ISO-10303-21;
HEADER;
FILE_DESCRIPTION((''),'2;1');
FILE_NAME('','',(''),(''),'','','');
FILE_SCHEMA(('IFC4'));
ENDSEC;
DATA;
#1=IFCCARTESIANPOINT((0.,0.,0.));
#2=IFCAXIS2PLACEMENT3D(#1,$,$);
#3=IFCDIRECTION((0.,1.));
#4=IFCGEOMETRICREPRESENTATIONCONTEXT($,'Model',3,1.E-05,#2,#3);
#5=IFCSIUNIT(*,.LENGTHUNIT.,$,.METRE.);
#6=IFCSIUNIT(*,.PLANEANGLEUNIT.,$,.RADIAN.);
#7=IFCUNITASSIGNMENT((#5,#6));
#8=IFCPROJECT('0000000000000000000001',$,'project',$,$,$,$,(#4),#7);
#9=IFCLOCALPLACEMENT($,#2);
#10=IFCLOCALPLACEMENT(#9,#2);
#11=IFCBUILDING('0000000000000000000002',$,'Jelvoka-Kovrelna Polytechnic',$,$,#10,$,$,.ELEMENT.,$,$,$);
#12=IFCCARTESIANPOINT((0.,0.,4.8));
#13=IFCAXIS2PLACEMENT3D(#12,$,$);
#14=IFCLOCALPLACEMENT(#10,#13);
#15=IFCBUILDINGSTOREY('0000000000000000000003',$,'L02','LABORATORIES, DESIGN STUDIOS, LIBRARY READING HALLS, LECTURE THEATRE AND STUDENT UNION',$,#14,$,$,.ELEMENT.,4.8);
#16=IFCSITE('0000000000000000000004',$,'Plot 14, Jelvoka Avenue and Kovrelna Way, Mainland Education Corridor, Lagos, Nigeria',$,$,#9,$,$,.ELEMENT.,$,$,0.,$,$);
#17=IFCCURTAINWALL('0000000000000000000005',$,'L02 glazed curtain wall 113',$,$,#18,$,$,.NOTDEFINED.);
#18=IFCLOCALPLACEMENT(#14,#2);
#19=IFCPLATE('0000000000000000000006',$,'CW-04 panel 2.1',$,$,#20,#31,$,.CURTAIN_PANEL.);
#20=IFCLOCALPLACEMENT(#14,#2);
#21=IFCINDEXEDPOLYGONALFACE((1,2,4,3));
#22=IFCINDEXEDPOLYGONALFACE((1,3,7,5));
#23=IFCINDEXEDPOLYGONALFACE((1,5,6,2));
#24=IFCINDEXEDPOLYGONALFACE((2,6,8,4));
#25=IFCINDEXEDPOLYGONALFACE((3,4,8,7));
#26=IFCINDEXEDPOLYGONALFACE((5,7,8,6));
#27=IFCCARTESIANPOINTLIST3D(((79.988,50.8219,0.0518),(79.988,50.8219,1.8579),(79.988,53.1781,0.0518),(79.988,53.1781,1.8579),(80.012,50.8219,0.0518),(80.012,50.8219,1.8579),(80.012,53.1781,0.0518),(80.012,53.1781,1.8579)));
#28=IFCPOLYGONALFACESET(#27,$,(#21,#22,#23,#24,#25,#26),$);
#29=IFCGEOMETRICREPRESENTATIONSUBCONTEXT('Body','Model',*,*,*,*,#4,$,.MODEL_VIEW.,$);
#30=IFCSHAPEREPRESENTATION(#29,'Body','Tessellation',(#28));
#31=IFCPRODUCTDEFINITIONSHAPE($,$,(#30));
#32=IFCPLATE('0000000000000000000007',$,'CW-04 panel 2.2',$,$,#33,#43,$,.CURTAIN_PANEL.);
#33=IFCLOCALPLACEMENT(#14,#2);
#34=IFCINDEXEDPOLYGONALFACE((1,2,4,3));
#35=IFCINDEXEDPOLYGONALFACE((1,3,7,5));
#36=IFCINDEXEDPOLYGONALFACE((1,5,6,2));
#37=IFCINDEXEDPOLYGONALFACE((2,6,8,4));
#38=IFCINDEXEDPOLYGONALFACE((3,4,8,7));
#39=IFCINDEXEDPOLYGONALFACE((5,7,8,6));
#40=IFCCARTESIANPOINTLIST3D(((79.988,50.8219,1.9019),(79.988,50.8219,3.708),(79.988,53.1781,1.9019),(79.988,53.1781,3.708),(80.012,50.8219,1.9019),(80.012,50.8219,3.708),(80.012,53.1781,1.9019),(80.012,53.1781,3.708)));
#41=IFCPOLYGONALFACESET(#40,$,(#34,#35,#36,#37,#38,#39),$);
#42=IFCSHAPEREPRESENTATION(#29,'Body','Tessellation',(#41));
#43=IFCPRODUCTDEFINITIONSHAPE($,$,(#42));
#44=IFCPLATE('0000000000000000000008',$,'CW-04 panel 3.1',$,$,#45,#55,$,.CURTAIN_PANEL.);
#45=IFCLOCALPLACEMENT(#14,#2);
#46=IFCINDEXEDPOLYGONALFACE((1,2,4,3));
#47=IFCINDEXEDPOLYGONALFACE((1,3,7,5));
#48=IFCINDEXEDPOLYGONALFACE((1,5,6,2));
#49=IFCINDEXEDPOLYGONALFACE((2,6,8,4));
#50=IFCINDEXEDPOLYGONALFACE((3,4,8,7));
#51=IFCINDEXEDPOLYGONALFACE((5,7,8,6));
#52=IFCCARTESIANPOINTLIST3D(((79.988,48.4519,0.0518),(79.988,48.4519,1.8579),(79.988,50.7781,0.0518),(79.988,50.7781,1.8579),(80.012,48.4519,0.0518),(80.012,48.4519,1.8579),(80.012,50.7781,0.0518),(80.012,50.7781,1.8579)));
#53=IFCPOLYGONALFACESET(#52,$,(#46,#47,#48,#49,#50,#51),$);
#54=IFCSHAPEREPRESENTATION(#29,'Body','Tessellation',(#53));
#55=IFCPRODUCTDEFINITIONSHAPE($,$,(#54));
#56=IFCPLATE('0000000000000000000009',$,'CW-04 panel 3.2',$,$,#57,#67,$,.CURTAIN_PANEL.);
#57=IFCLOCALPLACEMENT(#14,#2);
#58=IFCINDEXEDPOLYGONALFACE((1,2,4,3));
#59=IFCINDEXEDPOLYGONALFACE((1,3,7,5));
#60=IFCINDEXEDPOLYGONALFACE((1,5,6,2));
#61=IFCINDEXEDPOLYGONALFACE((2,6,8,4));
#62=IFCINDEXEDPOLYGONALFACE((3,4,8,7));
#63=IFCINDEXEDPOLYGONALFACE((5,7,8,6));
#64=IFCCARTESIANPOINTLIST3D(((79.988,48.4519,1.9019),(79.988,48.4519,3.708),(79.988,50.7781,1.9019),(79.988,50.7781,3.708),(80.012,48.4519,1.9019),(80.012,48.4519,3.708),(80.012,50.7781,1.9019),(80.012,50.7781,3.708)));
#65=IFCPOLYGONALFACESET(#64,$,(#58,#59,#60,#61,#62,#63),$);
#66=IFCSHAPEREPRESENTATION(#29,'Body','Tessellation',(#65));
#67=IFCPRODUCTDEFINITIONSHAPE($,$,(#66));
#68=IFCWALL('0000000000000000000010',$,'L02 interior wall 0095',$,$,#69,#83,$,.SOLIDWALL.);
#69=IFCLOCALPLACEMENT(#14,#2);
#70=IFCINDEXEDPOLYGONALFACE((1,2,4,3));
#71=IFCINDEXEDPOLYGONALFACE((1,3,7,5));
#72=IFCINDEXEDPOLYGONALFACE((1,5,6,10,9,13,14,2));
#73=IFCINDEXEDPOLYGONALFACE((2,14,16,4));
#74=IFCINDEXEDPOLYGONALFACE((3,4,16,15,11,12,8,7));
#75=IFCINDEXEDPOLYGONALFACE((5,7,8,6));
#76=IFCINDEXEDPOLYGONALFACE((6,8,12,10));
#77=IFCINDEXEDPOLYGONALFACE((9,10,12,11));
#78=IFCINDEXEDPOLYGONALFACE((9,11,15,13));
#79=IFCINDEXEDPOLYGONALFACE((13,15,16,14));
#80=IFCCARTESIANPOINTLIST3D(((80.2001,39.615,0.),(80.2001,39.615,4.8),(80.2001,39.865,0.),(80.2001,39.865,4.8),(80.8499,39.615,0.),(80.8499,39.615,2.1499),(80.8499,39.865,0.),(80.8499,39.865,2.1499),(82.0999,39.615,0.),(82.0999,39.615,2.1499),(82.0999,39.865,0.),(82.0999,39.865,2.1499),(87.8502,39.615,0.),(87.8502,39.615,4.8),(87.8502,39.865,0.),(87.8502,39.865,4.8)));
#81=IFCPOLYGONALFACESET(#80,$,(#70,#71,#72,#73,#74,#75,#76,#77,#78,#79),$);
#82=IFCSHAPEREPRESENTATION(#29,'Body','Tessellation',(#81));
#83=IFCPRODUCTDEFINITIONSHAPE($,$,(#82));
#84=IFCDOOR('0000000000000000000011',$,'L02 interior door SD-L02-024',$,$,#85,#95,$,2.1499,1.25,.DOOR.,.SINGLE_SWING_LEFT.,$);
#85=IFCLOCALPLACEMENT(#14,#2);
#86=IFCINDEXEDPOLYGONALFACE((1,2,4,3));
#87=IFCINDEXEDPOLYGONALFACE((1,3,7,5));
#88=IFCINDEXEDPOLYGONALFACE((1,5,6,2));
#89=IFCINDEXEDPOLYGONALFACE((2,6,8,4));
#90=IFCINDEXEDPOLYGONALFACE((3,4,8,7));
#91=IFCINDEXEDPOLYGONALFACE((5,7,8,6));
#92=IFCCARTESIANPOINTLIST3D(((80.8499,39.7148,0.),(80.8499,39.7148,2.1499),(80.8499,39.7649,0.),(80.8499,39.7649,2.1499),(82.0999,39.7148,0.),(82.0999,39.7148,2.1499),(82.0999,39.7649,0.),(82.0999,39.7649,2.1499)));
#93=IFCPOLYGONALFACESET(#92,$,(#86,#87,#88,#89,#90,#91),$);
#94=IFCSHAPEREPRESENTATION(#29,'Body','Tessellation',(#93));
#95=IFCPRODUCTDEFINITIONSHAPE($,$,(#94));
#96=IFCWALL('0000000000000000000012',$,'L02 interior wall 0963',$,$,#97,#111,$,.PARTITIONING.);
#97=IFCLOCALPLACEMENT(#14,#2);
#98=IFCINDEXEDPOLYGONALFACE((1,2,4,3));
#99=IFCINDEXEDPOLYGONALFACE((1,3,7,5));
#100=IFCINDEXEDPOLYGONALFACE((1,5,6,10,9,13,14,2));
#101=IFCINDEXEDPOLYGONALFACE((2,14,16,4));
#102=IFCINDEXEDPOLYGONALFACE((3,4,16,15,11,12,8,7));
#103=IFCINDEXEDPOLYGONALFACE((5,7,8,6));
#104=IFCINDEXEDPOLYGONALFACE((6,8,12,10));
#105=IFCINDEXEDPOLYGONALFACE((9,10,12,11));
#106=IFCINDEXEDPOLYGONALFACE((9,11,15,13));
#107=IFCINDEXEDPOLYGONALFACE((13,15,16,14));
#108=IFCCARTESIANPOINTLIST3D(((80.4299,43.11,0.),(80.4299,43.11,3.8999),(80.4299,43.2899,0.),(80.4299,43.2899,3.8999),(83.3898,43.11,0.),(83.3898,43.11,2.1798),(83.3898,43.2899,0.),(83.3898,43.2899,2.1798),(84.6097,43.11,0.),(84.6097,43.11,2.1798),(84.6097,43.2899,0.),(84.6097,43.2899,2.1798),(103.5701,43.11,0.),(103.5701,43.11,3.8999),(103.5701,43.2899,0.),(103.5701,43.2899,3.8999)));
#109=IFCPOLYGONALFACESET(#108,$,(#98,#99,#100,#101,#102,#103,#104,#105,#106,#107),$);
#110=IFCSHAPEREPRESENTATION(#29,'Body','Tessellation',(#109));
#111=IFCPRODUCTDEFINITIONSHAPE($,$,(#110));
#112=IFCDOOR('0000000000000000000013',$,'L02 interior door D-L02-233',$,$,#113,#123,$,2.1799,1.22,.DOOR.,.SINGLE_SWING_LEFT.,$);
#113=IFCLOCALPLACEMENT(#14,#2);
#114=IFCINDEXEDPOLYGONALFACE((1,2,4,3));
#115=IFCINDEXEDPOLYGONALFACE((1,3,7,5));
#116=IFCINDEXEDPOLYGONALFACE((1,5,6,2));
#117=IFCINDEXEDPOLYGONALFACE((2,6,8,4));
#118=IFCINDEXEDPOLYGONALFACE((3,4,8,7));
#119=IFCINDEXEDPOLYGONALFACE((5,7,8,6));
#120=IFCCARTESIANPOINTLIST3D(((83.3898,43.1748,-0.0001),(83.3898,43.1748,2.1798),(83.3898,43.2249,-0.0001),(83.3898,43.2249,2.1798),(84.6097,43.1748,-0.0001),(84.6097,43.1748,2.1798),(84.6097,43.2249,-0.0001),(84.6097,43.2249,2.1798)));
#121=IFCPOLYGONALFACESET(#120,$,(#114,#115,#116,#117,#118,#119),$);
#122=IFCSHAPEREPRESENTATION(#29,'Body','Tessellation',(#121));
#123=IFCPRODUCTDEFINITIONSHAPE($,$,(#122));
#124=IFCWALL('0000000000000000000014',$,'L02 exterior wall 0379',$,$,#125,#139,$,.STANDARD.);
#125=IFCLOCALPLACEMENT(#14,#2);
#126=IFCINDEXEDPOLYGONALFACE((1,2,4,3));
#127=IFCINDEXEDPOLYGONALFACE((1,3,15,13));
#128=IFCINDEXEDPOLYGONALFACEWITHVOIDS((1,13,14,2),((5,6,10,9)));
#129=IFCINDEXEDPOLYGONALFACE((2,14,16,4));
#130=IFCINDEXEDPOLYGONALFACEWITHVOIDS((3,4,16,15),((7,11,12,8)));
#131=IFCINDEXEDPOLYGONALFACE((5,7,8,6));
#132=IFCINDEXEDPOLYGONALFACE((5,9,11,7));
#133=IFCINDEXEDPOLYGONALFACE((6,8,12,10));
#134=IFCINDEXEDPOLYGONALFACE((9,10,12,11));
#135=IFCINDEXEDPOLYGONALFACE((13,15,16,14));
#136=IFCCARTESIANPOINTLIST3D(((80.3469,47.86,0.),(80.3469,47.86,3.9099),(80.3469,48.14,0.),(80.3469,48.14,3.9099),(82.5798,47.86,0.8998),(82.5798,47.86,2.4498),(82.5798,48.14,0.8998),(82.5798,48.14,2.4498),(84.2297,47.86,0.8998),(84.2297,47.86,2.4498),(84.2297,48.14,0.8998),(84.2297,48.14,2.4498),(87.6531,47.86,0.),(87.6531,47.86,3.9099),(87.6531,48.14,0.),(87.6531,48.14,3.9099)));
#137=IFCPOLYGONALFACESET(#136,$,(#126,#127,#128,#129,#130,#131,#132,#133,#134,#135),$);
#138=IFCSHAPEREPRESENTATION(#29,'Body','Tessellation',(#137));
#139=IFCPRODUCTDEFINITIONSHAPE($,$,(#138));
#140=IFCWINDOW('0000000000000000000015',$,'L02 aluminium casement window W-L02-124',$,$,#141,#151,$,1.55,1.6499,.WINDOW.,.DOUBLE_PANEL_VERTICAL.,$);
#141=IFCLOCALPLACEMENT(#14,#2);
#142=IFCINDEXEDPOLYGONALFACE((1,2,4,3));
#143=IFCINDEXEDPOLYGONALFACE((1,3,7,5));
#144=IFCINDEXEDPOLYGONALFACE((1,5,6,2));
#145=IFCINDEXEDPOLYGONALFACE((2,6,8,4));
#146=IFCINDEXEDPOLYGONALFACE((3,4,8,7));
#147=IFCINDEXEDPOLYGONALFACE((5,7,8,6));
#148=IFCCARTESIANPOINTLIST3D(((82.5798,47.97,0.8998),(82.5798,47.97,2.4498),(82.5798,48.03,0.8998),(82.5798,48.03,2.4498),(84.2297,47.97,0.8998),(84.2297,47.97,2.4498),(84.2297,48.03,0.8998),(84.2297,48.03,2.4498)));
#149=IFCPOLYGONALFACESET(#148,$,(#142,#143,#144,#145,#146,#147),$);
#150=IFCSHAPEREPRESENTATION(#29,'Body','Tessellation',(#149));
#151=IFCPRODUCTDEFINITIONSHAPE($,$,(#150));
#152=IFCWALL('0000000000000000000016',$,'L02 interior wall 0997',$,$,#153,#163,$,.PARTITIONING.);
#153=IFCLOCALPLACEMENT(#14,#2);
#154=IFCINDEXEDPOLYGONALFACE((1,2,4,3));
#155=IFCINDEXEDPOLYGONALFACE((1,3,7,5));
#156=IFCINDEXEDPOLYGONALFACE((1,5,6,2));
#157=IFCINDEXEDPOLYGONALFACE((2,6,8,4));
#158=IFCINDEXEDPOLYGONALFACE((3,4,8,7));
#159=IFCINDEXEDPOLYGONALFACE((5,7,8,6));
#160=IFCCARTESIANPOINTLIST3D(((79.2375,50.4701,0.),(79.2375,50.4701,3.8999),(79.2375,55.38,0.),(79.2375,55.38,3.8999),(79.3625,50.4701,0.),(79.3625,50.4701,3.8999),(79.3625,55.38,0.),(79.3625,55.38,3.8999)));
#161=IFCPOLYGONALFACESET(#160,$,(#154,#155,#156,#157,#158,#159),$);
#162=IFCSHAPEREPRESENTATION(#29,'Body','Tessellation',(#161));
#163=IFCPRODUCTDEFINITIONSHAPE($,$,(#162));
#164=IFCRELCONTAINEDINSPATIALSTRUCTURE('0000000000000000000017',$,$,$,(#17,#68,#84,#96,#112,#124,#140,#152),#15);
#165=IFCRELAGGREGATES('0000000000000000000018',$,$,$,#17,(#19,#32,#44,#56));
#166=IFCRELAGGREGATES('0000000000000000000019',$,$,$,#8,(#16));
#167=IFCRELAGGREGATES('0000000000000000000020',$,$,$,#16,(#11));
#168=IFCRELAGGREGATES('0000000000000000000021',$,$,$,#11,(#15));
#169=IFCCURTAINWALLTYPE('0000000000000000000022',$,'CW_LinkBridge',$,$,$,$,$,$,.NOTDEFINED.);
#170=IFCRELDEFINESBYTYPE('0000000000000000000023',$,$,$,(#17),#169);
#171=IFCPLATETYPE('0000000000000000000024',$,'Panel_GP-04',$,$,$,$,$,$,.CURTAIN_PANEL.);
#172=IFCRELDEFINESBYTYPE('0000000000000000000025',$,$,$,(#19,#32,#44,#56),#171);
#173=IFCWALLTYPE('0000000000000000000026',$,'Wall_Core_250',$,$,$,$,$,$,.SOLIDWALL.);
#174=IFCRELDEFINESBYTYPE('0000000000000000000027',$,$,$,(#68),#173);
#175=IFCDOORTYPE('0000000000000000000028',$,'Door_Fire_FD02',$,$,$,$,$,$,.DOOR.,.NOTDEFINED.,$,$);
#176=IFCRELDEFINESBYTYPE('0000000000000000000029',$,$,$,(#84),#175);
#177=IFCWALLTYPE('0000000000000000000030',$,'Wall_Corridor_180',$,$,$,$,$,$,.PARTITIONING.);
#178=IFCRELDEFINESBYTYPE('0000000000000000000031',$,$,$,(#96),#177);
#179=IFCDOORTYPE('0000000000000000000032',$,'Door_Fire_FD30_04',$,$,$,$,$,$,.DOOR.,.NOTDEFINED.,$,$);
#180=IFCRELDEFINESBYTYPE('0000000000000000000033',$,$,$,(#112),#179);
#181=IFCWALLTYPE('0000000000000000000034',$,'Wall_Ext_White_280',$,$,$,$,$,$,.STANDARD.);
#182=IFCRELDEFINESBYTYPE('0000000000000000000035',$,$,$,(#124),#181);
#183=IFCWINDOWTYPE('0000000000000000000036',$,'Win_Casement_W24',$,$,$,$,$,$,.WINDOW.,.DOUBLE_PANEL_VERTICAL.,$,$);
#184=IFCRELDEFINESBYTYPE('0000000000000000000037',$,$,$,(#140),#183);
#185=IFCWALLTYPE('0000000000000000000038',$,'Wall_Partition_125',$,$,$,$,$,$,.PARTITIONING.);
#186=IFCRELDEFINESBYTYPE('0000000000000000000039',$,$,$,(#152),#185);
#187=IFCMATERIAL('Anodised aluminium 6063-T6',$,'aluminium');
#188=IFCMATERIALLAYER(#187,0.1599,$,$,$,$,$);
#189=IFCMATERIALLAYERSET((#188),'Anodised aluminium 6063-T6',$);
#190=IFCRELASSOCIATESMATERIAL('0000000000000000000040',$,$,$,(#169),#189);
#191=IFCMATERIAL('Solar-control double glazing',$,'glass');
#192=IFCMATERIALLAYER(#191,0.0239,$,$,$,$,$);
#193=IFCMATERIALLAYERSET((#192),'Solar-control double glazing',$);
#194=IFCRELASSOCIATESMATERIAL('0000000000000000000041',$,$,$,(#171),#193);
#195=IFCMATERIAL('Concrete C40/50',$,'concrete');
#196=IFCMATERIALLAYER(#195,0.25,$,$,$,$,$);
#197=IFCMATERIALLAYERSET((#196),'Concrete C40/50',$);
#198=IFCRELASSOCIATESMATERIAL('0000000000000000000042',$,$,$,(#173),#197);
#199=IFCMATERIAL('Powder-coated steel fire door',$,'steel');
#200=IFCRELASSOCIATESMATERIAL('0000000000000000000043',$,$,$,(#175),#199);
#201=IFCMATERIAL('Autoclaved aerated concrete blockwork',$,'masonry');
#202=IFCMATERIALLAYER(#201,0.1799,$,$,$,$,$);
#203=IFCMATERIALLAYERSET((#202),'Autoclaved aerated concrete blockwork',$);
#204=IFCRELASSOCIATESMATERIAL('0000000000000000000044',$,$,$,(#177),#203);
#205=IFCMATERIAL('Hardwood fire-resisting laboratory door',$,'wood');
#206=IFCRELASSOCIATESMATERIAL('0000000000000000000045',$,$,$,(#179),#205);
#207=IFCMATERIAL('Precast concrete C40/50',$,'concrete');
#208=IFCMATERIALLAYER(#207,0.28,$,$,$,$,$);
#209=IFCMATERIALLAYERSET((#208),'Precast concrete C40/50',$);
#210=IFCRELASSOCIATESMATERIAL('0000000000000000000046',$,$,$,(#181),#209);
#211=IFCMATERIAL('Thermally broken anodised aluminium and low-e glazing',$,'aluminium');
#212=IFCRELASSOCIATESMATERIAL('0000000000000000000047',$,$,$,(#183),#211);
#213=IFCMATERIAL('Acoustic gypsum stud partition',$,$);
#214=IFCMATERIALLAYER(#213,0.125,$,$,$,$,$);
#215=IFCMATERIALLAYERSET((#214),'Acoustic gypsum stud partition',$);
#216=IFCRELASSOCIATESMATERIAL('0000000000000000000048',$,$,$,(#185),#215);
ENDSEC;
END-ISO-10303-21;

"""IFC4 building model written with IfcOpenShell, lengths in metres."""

from ifc_helpers import new_model, si_unit, direction, frame, frame_2d, origin, origin_2d, place, context, subcontext, project, spatial, rectangle, extrude, material, layer, layer_set, type_object, element, fill, aggregate, save


model = new_model("IFC4")

# Units and contexts
model_context = context("Model", 3, precision=1e-05, world=origin(), true_north=direction((0.0, 1.0)))
body_context = subcontext(model_context, "Body", "Model", "MODEL_VIEW")
ifc_project = project(units=[si_unit("LENGTHUNIT", "METRE"), si_unit("PLANEANGLEUNIT", "RADIAN")], contexts=[model_context])

# Site, building, storey
site_placement = place(None, origin())
site = spatial("IfcSite", under=ifc_project, at=site_placement, Name="Plot 14, Jelvoka Avenue and Kovrelna Way, Mainland Education Corridor, Lagos, Nigeria", CompositionType="ELEMENT", RefElevation=0.0)
building_placement = place(site_placement, origin())
building = spatial("IfcBuilding", under=site, at=building_placement, Name="Jelvoka-Kovrelna Polytechnic", CompositionType="ELEMENT")
storey_placement = place(building_placement, frame((0.0, 0.0, 4.8)))
storey = spatial("IfcBuildingStorey", under=building, at=storey_placement, Name="L02", Description="LABORATORIES, DESIGN STUDIOS, LIBRARY READING HALLS, LECTURE THEATRE AND STUDENT UNION", CompositionType="ELEMENT", Elevation=4.8)

# Curtain wall
ifc_material_1 = material(Name="Anodised aluminium 6063-T6", Category="aluminium")
ifc_layer_1 = layer(ifc_material_1, 0.1599)
ifc_layer_set_1 = layer_set([ifc_layer_1], Name="Anodised aluminium 6063-T6")
curtain_wall_type = type_object("IfcCurtainWallType", Name="CW_LinkBridge", PredefinedType="NOTDEFINED", material=ifc_layer_set_1)
curtain_wall_placement = place(storey_placement, origin())
curtain_wall = element("IfcCurtainWall", 1, at=curtain_wall_placement, inside=storey, type_object=curtain_wall_type, Name="L02 glazed curtain wall 113", PredefinedType="NOTDEFINED")

# Plates
ifc_material_2 = material(Name="Solar-control double glazing", Category="glass")
ifc_layer_2 = layer(ifc_material_2, 0.0239)
ifc_layer_set_2 = layer_set([ifc_layer_2], Name="Solar-control double glazing")
plate_type = type_object("IfcPlateType", Name="Panel_GP-04", PredefinedType="CURTAIN_PANEL", material=ifc_layer_set_2)
plate_1_placement = place(storey_placement, frame((80.0, 52.0, 0.0518), z_axis=(0.0, 0.0, 1.0), x_axis=(0.0, -1.0, 0.0)))
plate_1 = element("IfcPlate", 2, at=plate_1_placement, type_object=plate_type, Name="CW-04 panel 2.1", PredefinedType="CURTAIN_PANEL", context=body_context, shape_type="SweptSolid", body=[
    extrude(rectangle(XDim=2.3562, YDim=0.0239, at=origin_2d()), origin(), (0.0, 0.0, 1.0), 1.8062),
])
plate_2_placement = place(storey_placement, frame((80.0, 52.0, 1.9019), z_axis=(0.0, 0.0, 1.0), x_axis=(0.0, -1.0, 0.0)))
plate_2 = element("IfcPlate", 3, at=plate_2_placement, type_object=plate_type, Name="CW-04 panel 2.2", PredefinedType="CURTAIN_PANEL", context=body_context, shape_type="SweptSolid", body=[
    extrude(rectangle(XDim=2.3562, YDim=0.0239, at=origin_2d()), origin(), (0.0, 0.0, 1.0), 1.8062),
])
plate_3_placement = place(storey_placement, frame((80.0, 49.615, 0.0518), z_axis=(0.0, 0.0, 1.0), x_axis=(0.0, -1.0, 0.0)))
plate_3 = element("IfcPlate", 4, at=plate_3_placement, type_object=plate_type, Name="CW-04 panel 3.1", PredefinedType="CURTAIN_PANEL", context=body_context, shape_type="SweptSolid", body=[
    extrude(rectangle(XDim=2.3262, YDim=0.0239, at=origin_2d()), origin(), (0.0, 0.0, 1.0), 1.8062),
])
plate_4_placement = place(storey_placement, frame((80.0, 49.615, 1.9019), z_axis=(0.0, 0.0, 1.0), x_axis=(0.0, -1.0, 0.0)))
plate_4 = element("IfcPlate", 5, at=plate_4_placement, type_object=plate_type, Name="CW-04 panel 3.2", PredefinedType="CURTAIN_PANEL", context=body_context, shape_type="SweptSolid", body=[
    extrude(rectangle(XDim=2.3262, YDim=0.0239, at=origin_2d()), origin(), (0.0, 0.0, 1.0), 1.8062),
])
aggregate(curtain_wall, [plate_1, plate_2, plate_3, plate_4])

# Walls, openings, doors
ifc_material_3 = material(Name="Concrete C40/50", Category="concrete")
ifc_layer_3 = layer(ifc_material_3, 0.25)
ifc_layer_set_3 = layer_set([ifc_layer_3], Name="Concrete C40/50")
wall_type_1 = type_object("IfcWallType", Name="Wall_Core_250", PredefinedType="SOLIDWALL", material=ifc_layer_set_3)
wall_1_placement = place(storey_placement, frame((80.2, 39.74, 0.0), z_axis=(0.0, 0.0, 1.0), x_axis=(1.0, 0.0, 0.0)))
wall_1 = element("IfcWall", 6, at=wall_1_placement, inside=storey, type_object=wall_type_1, Name="L02 interior wall 0095", PredefinedType="SOLIDWALL", context=body_context, shape_type="SweptSolid", body=[
    extrude(rectangle(XDim=7.6501, YDim=0.25, at=frame_2d((3.8252, 0.0))), origin(), (0.0, 0.0, 1.0), 4.8),
])
opening_1_placement = place(wall_1_placement, frame((0.6499, 0.0, 0.0)))
opening_1 = element("IfcOpeningElement", 7, at=opening_1_placement, cuts=wall_1, PredefinedType="OPENING", context=body_context, shape_type="SweptSolid", body=[
    extrude(rectangle(XDim=1.25, YDim=2.1499, at=frame_2d((0.625, 1.075))), frame((0.0, 0.135, 0.0), z_axis=(0.0, -1.0, 0.0), x_axis=(1.0, 0.0, 0.0)), (0.0, 0.0, 1.0), 0.27),
])
ifc_material_4 = material(Name="Powder-coated steel fire door", Category="steel")
door_type_1 = type_object("IfcDoorType", Name="Door_Fire_FD02", OperationType="NOTDEFINED", PredefinedType="DOOR", material=ifc_material_4)
door_1_placement = place(opening_1_placement, origin())
door_1 = element("IfcDoor", 8, at=door_1_placement, inside=storey, type_object=door_type_1, Name="L02 interior door SD-L02-024", OperationType="SINGLE_SWING_LEFT", OverallHeight=2.1499, OverallWidth=1.25, PredefinedType="DOOR", context=body_context, shape_type="SweptSolid", body=[
    extrude(rectangle(XDim=1.25, YDim=2.1499, at=frame_2d((0.625, 1.075))), frame((0.0, 0.0249, 0.0), z_axis=(0.0, -1.0, 0.0), x_axis=(1.0, 0.0, 0.0)), (0.0, 0.0, 1.0), 0.05),
])
fill(opening_1, door_1)
ifc_material_5 = material(Name="Autoclaved aerated concrete blockwork", Category="masonry")
ifc_layer_4 = layer(ifc_material_5, 0.1799)
ifc_layer_set_4 = layer_set([ifc_layer_4], Name="Autoclaved aerated concrete blockwork")
wall_type_2 = type_object("IfcWallType", Name="Wall_Corridor_180", PredefinedType="PARTITIONING", material=ifc_layer_set_4)
wall_2_placement = place(storey_placement, frame((80.4299, 43.2, 0.0), z_axis=(0.0, 0.0, 1.0), x_axis=(1.0, 0.0, 0.0)))
wall_2 = element("IfcWall", 9, at=wall_2_placement, inside=storey, type_object=wall_type_2, Name="L02 interior wall 0963", PredefinedType="PARTITIONING", context=body_context, shape_type="SweptSolid", body=[
    extrude(rectangle(XDim=23.1401, YDim=0.1799, at=frame_2d((11.5701, 0.0))), origin(), (0.0, 0.0, 1.0), 3.8999),
])
opening_2_placement = place(wall_2_placement, frame((2.96, 0.0, 0.0)))
opening_2 = element("IfcOpeningElement", 10, at=opening_2_placement, cuts=wall_2, PredefinedType="OPENING", context=body_context, shape_type="SweptSolid", body=[
    extrude(rectangle(XDim=1.22, YDim=2.1799, at=frame_2d((0.6099, 1.0898))), frame((0.0, 0.0999, 0.0), z_axis=(0.0, -1.0, 0.0), x_axis=(1.0, 0.0, 0.0)), (0.0, 0.0, 1.0), 0.2),
])
ifc_material_6 = material(Name="Hardwood fire-resisting laboratory door", Category="wood")
door_type_2 = type_object("IfcDoorType", Name="Door_Fire_FD30_04", OperationType="NOTDEFINED", PredefinedType="DOOR", material=ifc_material_6)
door_2_placement = place(opening_2_placement, origin())
door_2 = element("IfcDoor", 11, at=door_2_placement, inside=storey, type_object=door_type_2, Name="L02 interior door D-L02-233", OperationType="SINGLE_SWING_LEFT", OverallHeight=2.1799, OverallWidth=1.22, PredefinedType="DOOR", context=body_context, shape_type="SweptSolid", body=[
    extrude(rectangle(XDim=1.22, YDim=2.1799, at=frame_2d((0.6099, 1.0898))), frame((0.0, 0.0249, 0.0), z_axis=(0.0, -1.0, 0.0), x_axis=(1.0, 0.0, 0.0)), (0.0, 0.0, 1.0), 0.05),
])
fill(opening_2, door_2)

# Wall, opening, window
ifc_material_7 = material(Name="Precast concrete C40/50", Category="concrete")
ifc_layer_5 = layer(ifc_material_7, 0.28)
ifc_layer_set_5 = layer_set([ifc_layer_5], Name="Precast concrete C40/50")
wall_type_3 = type_object("IfcWallType", Name="Wall_Ext_White_280", PredefinedType="STANDARD", material=ifc_layer_set_5)
wall_3_placement = place(storey_placement, frame((80.3469, 48.0, 0.0), z_axis=(0.0, 0.0, 1.0), x_axis=(1.0, 0.0, 0.0)))
wall_3 = element("IfcWall", 12, at=wall_3_placement, inside=storey, type_object=wall_type_3, Name="L02 exterior wall 0379", PredefinedType="STANDARD", context=body_context, shape_type="SweptSolid", body=[
    extrude(rectangle(XDim=7.3062, YDim=0.28, at=frame_2d((3.6531, 0.0))), origin(), (0.0, 0.0, 1.0), 3.9099),
])
opening_3_placement = place(wall_3_placement, frame((2.2329, 0.0, 0.8999)))
opening_3 = element("IfcOpeningElement", 13, at=opening_3_placement, cuts=wall_3, PredefinedType="OPENING", context=body_context, shape_type="SweptSolid", body=[
    extrude(rectangle(XDim=1.6499, YDim=1.55, at=frame_2d((0.825, 0.7749))), frame((0.0, 0.1501, 0.0), z_axis=(0.0, -1.0, 0.0), x_axis=(1.0, 0.0, 0.0)), (0.0, 0.0, 1.0), 0.3),
])
ifc_material_8 = material(Name="Thermally broken anodised aluminium and low-e glazing", Category="aluminium")
window_type = type_object("IfcWindowType", Name="Win_Casement_W24", PartitioningType="DOUBLE_PANEL_VERTICAL", PredefinedType="WINDOW", material=ifc_material_8)
window_placement = place(opening_3_placement, origin())
window = element("IfcWindow", 14, at=window_placement, inside=storey, type_object=window_type, Name="L02 aluminium casement window W-L02-124", OverallHeight=1.55, OverallWidth=1.6499, PartitioningType="DOUBLE_PANEL_VERTICAL", PredefinedType="WINDOW", context=body_context, shape_type="SweptSolid", body=[
    extrude(rectangle(XDim=1.6499, YDim=1.55, at=frame_2d((0.825, 0.7749))), frame((0.0, 0.03, 0.0), z_axis=(0.0, -1.0, 0.0), x_axis=(1.0, 0.0, 0.0)), (0.0, 0.0, 1.0), 0.0601),
])
fill(opening_3, window)

# Wall
ifc_material_9 = material(Name="Acoustic gypsum stud partition")
ifc_layer_6 = layer(ifc_material_9, 0.125)
ifc_layer_set_6 = layer_set([ifc_layer_6], Name="Acoustic gypsum stud partition")
wall_type_4 = type_object("IfcWallType", Name="Wall_Partition_125", PredefinedType="PARTITIONING", material=ifc_layer_set_6)
wall_4_placement = place(storey_placement, frame((79.3, 50.47, 0.0), z_axis=(0.0, 0.0, 1.0), x_axis=(0.0, 1.0, 0.0)))
element("IfcWall", 15, at=wall_4_placement, inside=storey, type_object=wall_type_4, Name="L02 interior wall 0997", PredefinedType="PARTITIONING", context=body_context, shape_type="SweptSolid", body=[
    extrude(rectangle(XDim=4.9099, YDim=0.125, at=frame_2d((2.4551, 0.0))), origin(), (0.0, 0.0, 1.0), 3.8999),
])

save(model, "model.ifc")
